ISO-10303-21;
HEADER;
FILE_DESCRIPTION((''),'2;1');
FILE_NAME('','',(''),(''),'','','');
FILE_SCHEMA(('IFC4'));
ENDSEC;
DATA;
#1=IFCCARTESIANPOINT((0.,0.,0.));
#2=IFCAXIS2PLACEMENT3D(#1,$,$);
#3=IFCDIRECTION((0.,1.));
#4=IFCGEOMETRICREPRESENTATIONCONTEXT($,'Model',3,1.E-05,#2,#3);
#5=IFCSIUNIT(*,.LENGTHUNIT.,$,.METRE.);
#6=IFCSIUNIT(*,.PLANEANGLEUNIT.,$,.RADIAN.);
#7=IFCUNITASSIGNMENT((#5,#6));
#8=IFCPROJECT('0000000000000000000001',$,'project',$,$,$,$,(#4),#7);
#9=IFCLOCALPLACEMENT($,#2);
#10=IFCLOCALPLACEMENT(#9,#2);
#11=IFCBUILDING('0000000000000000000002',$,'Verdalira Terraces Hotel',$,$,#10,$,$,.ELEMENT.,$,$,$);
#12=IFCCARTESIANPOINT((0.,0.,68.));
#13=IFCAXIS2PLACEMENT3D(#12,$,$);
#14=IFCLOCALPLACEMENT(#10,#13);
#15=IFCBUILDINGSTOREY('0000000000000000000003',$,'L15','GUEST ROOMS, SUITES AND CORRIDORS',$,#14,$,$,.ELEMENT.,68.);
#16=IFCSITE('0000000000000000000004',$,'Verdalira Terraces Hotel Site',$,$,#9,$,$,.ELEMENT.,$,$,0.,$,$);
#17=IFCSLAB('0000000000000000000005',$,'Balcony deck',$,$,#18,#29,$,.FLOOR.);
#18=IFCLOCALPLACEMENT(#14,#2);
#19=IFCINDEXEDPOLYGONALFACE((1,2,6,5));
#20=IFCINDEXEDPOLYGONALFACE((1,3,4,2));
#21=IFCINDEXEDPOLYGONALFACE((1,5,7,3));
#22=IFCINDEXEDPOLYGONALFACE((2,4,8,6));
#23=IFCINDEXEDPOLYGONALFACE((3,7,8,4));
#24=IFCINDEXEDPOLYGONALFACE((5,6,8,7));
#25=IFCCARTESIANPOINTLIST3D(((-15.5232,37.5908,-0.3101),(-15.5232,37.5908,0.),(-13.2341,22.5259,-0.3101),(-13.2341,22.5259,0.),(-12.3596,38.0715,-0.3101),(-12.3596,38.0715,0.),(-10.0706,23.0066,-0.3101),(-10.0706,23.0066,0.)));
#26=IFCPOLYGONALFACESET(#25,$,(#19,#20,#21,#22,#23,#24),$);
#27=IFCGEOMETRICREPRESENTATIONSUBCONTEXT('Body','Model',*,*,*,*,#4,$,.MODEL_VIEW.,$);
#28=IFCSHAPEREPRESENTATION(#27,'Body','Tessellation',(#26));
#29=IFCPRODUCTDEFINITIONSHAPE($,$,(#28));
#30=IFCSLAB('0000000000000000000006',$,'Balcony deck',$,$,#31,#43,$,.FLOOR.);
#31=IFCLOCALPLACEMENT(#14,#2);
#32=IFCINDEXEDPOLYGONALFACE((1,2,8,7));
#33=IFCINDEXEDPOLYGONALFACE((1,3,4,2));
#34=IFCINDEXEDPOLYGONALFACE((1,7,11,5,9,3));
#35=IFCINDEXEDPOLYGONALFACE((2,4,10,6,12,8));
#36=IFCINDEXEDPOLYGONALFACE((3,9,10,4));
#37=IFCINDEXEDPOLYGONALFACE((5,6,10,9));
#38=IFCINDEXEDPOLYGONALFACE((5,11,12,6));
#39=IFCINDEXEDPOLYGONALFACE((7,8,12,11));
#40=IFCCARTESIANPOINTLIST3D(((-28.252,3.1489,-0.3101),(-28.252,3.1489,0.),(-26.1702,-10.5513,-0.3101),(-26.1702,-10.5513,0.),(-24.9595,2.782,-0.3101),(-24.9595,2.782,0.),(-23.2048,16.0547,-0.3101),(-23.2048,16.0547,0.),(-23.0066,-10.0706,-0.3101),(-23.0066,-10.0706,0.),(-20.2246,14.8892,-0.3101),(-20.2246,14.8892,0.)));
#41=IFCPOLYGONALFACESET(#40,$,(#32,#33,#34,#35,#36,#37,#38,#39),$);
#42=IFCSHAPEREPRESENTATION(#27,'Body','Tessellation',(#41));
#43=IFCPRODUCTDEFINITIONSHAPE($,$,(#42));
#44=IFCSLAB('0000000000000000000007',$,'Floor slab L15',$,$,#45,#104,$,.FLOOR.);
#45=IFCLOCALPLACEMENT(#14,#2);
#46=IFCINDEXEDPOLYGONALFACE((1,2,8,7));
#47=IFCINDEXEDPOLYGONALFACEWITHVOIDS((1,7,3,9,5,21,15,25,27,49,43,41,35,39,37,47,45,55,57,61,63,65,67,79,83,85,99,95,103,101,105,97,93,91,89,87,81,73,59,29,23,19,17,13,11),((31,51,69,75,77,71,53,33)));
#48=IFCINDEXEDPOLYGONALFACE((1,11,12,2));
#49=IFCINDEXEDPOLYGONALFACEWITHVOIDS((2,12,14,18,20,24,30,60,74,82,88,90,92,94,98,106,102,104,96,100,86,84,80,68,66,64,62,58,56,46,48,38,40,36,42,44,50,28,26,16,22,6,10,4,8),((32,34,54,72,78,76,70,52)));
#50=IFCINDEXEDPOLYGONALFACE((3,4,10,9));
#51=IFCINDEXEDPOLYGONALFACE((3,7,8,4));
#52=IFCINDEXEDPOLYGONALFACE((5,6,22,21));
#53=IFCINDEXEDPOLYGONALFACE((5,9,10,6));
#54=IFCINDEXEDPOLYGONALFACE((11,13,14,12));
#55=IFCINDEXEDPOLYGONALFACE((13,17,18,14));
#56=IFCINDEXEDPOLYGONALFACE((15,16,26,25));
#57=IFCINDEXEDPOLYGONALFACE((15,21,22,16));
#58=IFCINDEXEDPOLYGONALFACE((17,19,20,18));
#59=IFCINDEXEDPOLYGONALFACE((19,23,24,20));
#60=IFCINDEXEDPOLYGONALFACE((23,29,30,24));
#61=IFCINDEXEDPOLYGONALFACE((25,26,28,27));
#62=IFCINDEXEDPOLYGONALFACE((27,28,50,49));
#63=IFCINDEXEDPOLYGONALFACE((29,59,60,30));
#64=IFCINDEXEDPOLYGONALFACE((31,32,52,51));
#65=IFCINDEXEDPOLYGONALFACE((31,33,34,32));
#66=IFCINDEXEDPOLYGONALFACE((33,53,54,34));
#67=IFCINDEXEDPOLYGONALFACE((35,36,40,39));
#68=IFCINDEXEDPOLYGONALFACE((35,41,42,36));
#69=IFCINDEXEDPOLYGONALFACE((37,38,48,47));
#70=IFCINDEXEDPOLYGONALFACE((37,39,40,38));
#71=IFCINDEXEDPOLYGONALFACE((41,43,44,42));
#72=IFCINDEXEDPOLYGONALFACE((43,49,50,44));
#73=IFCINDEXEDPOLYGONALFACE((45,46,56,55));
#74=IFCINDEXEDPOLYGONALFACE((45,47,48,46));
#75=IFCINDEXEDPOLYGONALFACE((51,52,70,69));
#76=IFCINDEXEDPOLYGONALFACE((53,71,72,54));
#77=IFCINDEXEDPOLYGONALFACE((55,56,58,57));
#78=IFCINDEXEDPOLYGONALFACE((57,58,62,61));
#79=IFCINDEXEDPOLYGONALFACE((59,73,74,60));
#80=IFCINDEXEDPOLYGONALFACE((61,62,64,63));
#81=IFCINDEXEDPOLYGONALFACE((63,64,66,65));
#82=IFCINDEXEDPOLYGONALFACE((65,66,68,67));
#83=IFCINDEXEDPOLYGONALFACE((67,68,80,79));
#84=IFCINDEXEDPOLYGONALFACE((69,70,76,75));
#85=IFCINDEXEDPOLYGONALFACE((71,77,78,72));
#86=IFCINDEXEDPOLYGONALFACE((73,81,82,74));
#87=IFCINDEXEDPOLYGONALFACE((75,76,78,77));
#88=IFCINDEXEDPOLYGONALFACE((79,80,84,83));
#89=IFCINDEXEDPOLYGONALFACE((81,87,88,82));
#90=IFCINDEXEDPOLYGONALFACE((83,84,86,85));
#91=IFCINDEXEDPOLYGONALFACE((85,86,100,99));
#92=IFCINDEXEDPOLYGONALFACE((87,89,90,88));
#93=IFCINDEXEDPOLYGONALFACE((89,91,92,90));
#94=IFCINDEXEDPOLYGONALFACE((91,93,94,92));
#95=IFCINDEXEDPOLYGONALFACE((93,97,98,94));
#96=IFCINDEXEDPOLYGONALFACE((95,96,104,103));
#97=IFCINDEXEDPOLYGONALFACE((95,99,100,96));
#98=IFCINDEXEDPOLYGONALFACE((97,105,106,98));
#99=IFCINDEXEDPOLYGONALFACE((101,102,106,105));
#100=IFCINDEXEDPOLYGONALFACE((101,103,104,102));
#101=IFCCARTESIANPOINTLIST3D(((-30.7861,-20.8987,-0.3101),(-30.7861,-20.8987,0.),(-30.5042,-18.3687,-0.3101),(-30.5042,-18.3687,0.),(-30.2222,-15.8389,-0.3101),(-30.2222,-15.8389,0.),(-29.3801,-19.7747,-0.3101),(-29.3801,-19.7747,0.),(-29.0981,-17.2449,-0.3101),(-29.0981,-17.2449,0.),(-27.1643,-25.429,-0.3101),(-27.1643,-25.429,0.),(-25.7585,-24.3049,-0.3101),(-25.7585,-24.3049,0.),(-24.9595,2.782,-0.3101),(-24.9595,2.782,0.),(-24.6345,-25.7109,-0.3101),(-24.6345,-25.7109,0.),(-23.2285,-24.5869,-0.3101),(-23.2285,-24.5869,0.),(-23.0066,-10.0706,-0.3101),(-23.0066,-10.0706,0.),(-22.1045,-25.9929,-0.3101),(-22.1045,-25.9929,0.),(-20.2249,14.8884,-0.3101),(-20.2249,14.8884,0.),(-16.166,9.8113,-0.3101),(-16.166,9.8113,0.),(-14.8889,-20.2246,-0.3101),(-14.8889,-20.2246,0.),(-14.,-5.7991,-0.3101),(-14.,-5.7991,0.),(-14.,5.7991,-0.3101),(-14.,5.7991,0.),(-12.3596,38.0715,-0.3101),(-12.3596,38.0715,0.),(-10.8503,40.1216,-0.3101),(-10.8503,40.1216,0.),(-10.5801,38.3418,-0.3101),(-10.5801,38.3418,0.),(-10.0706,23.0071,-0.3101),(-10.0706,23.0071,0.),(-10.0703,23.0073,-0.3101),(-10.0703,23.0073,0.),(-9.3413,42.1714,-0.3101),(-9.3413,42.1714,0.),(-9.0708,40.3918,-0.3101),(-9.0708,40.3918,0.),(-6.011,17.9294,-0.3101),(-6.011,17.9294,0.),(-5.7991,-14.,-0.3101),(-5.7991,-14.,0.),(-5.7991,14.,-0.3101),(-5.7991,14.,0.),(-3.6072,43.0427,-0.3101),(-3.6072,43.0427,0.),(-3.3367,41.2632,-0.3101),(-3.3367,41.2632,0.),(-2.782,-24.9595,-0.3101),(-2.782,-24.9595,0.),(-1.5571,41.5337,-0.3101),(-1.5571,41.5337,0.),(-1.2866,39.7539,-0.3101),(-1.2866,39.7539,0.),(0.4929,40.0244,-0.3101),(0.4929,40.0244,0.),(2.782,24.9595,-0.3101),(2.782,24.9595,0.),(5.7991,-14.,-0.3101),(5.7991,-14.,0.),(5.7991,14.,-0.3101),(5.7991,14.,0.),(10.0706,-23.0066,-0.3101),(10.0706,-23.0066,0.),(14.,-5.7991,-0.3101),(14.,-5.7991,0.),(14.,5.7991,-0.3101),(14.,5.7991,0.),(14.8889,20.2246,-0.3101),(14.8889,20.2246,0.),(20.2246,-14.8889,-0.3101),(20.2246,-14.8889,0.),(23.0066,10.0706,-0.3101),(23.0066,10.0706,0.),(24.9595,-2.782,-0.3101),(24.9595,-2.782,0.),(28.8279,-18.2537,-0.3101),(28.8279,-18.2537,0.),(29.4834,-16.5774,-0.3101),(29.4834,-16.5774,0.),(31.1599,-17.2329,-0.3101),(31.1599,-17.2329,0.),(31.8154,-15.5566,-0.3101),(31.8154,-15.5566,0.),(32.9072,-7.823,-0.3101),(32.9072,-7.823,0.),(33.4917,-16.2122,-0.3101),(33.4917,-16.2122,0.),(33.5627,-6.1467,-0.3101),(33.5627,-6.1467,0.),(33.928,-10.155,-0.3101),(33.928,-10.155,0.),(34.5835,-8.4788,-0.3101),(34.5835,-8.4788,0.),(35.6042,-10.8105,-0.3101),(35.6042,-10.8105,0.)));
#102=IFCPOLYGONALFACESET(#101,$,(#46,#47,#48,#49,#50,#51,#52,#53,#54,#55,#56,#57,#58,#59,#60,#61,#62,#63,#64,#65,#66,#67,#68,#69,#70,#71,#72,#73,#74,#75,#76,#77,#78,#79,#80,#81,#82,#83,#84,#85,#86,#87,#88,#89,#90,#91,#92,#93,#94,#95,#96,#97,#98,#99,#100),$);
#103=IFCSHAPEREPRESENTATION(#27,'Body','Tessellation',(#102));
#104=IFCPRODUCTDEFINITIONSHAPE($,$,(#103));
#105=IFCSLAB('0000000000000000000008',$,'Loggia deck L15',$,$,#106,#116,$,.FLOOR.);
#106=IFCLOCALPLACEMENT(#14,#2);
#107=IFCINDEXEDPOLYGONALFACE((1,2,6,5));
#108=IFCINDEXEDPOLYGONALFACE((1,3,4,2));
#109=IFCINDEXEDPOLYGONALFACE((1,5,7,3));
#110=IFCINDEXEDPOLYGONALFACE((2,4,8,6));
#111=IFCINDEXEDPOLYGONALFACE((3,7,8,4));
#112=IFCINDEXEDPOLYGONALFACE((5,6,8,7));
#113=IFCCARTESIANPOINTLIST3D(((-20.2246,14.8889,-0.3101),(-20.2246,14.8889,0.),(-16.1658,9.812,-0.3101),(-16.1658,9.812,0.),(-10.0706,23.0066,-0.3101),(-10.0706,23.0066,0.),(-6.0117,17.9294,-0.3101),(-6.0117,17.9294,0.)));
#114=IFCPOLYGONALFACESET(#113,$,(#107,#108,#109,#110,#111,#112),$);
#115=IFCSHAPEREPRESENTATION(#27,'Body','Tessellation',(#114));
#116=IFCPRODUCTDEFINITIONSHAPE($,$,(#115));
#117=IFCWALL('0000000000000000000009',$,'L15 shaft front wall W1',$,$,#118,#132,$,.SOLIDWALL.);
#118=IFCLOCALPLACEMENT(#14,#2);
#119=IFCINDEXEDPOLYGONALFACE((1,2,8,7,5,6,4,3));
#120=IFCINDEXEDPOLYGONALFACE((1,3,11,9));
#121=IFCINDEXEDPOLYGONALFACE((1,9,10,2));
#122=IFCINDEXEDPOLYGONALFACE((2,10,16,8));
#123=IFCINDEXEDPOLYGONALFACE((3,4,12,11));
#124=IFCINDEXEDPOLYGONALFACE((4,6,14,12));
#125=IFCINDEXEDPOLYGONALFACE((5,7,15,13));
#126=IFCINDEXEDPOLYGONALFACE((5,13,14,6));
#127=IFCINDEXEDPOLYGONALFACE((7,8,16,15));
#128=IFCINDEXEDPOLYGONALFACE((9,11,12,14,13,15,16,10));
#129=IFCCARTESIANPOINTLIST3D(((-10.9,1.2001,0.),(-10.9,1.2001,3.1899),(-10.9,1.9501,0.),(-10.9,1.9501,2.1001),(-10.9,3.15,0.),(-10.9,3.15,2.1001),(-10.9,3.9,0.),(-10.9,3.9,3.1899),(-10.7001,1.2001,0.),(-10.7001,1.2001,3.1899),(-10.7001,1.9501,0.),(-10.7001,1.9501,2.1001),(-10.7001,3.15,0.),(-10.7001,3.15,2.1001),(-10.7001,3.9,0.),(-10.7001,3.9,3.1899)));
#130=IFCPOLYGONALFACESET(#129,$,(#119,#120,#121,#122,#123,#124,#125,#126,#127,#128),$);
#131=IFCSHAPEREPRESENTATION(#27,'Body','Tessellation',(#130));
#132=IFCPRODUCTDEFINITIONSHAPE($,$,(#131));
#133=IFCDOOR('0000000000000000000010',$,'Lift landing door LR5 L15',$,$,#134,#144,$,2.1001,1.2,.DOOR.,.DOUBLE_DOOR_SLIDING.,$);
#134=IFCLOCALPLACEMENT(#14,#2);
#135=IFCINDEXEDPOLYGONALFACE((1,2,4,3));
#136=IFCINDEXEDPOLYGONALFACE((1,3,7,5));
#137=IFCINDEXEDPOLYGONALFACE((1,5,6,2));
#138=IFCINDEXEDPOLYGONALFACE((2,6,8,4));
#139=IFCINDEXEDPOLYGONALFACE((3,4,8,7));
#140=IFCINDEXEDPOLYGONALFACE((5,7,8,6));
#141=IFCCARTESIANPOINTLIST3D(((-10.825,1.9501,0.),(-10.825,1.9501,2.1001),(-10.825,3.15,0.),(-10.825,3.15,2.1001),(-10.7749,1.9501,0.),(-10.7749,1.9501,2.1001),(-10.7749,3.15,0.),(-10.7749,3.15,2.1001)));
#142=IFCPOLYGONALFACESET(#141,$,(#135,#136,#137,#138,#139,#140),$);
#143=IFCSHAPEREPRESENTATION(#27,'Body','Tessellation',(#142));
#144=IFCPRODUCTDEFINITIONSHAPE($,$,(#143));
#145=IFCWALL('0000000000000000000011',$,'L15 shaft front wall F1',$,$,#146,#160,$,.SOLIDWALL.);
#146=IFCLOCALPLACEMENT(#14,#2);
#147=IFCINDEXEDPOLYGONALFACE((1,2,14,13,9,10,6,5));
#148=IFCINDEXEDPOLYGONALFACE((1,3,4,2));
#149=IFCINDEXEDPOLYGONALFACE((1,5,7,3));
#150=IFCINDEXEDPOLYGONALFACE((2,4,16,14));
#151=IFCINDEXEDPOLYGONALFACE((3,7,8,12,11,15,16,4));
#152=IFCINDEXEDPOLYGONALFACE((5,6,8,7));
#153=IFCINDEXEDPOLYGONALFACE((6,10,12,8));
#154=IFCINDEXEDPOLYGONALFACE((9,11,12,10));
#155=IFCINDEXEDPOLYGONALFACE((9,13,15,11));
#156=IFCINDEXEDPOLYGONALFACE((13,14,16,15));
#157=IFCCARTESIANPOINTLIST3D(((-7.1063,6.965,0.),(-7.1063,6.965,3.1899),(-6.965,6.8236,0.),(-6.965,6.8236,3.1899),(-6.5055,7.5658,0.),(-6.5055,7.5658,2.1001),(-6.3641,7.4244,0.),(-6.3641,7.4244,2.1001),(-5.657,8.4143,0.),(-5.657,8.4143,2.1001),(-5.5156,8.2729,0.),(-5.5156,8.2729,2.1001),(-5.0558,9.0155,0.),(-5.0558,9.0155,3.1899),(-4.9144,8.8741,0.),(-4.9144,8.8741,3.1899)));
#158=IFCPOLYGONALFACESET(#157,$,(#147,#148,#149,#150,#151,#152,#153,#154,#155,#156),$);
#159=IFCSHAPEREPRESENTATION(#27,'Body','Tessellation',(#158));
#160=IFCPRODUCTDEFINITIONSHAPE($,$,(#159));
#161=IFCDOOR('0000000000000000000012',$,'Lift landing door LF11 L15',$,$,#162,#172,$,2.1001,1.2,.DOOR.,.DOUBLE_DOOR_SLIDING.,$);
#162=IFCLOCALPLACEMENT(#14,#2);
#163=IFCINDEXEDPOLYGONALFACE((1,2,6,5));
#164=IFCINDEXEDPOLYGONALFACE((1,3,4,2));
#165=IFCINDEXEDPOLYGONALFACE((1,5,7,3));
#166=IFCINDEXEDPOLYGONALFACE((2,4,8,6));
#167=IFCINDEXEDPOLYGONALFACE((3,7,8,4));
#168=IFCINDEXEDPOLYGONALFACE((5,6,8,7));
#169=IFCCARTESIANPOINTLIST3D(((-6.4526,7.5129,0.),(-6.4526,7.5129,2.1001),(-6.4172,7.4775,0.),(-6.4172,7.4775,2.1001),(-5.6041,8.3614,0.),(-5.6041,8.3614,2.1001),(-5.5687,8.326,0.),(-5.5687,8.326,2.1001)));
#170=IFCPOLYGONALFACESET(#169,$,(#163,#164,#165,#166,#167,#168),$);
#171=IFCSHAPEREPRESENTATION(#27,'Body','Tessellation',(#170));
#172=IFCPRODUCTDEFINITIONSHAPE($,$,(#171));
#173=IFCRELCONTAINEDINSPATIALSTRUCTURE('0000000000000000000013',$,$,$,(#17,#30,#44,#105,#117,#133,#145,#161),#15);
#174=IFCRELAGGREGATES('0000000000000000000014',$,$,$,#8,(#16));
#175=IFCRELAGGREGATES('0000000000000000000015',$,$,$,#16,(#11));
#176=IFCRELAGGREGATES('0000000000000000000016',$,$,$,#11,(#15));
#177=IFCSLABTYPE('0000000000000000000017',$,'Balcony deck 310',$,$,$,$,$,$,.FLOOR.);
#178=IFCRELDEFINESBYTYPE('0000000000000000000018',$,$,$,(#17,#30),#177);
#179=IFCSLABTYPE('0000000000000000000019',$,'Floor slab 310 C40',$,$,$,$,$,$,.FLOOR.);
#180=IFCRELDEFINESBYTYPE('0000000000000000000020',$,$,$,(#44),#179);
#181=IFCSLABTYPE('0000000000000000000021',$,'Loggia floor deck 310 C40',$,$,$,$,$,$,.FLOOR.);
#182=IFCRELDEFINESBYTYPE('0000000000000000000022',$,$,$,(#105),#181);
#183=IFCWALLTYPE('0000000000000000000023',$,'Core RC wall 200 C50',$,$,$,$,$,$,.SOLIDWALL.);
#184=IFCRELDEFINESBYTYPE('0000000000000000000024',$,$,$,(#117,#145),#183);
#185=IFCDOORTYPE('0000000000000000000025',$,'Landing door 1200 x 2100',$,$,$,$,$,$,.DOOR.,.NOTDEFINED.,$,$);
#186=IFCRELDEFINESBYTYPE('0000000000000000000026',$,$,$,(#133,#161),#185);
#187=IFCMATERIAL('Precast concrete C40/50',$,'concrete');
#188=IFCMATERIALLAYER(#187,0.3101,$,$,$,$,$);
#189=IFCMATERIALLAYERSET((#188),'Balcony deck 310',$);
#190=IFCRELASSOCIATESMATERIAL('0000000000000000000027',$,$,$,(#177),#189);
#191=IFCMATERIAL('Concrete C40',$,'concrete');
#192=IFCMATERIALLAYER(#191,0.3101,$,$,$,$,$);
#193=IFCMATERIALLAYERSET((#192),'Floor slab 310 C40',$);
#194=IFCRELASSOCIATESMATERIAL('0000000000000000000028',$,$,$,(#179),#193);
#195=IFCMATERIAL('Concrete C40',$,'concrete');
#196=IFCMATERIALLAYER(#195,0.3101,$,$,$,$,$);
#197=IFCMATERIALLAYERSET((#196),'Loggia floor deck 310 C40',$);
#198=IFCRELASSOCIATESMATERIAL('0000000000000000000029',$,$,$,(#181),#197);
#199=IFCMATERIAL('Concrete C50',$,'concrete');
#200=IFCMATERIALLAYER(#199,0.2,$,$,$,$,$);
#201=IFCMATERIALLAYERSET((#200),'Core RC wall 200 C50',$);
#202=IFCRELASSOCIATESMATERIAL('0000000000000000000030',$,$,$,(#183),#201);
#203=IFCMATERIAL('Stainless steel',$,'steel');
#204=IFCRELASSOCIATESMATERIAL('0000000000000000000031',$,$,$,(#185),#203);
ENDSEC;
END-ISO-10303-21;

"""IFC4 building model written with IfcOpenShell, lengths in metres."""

from ifc_helpers import new_model, si_unit, direction, frame, frame_2d, origin, place, context, subcontext, project, spatial, polyline, rectangle, outline, extrude, material, layer, layer_set, type_object, element, fill, save


model = new_model("IFC4")

# Units and contexts
model_context = context("Model", 3, precision=1e-05, world=origin(), true_north=direction((0.0, 1.0)))
body_context = subcontext(model_context, "Body", "Model", "MODEL_VIEW")
ifc_project = project(units=[si_unit("LENGTHUNIT", "METRE"), si_unit("PLANEANGLEUNIT", "RADIAN")], contexts=[model_context])

# Site, building, storey
site_placement = place(None, origin())
site = spatial("IfcSite", under=ifc_project, at=site_placement, Name="Verdalira Terraces Hotel Site", CompositionType="ELEMENT", RefElevation=0.0)
building_placement = place(site_placement, origin())
building = spatial("IfcBuilding", under=site, at=building_placement, Name="Verdalira Terraces Hotel", CompositionType="ELEMENT")
storey_placement = place(building_placement, frame((0.0, 0.0, 68.0)))
storey = spatial("IfcBuildingStorey", under=building, at=storey_placement, Name="L15", Description="GUEST ROOMS, SUITES AND CORRIDORS", CompositionType="ELEMENT", Elevation=68.0)

# Slabs
ifc_material_1 = material(Name="Precast concrete C40/50", Category="concrete")
ifc_layer_1 = layer(ifc_material_1, 0.3101)
ifc_layer_set_1 = layer_set([ifc_layer_1], Name="Balcony deck 310")
slab_type_1 = type_object("IfcSlabType", Name="Balcony deck 310", PredefinedType="FLOOR", material=ifc_layer_set_1)
slab_1_placement = place(storey_placement, frame((0.0, 0.0, -0.3101)))
element("IfcSlab", 1, at=slab_1_placement, inside=storey, type_object=slab_type_1, Name="Balcony deck", PredefinedType="FLOOR", context=body_context, shape_type="SweptSolid", body=[
    extrude(outline(polyline([(-13.2341, 22.5259), (-10.0706, 23.0066), (-12.3596, 38.0715), (-15.5232, 37.5908), (-13.2341, 22.5259)])), origin(), (0.0, 0.0, 1.0), 0.3101),
])
slab_2_placement = place(storey_placement, frame((0.0, 0.0, -0.3101)))
element("IfcSlab", 2, at=slab_2_placement, inside=storey, type_object=slab_type_1, Name="Balcony deck", PredefinedType="FLOOR", context=body_context, shape_type="SweptSolid", body=[
    extrude(outline(polyline([(-28.252, 3.1489), (-26.1702, -10.5513), (-23.0066, -10.0706), (-24.9595, 2.782), (-20.2246, 14.8892), (-23.2048, 16.0547), (-28.252, 3.1489)])), origin(), (0.0, 0.0, 1.0), 0.3101),
])
ifc_material_2 = material(Name="Concrete C40", Category="concrete")
ifc_layer_2 = layer(ifc_material_2, 0.3101)
ifc_layer_set_2 = layer_set([ifc_layer_2], Name="Floor slab 310 C40")
slab_type_2 = type_object("IfcSlabType", Name="Floor slab 310 C40", PredefinedType="FLOOR", material=ifc_layer_set_2)
slab_3_placement = place(storey_placement, frame((0.0, 0.0, -0.3101)))
element("IfcSlab", 3, at=slab_3_placement, inside=storey, type_object=slab_type_2, Name="Floor slab L15", PredefinedType="FLOOR", context=body_context, shape_type="SweptSolid", body=[
    extrude(outline(polyline([(-10.5801, 38.3418), (-12.3596, 38.0715), (-10.0706, 23.0071), (-10.0703, 23.0073), (-6.011, 17.9294), (-16.166, 9.8113), (-20.2249, 14.8884), (-24.9595, 2.782), (-23.0066, -10.0706), (-30.2222, -15.8389), (-29.0981, -17.2449), (-30.5041, -18.3687), (-29.3801, -19.7747), (-30.7861, -20.8987), (-27.1643, -25.429), (-25.7585, -24.3049), (-24.6345, -25.7109), (-23.2285, -24.5869), (-22.1045, -25.9929), (-14.8889, -20.2246), (-2.782, -24.9595), (10.0706, -23.0066), (20.2246, -14.8889), (28.8279, -18.2537), (29.4834, -16.5774), (31.1599, -17.2329), (31.8154, -15.5566), (33.4917, -16.2122), (35.6042, -10.8105), (33.928, -10.155), (34.5835, -8.4788), (32.9072, -7.823), (33.5627, -6.1467), (24.9595, -2.782), (23.0066, 10.0706), (14.8889, 20.2246), (2.782, 24.9595), (0.4929, 40.0244), (-1.2866, 39.7539), (-1.5571, 41.5337), (-3.3367, 41.2632), (-3.6072, 43.0427), (-9.3413, 42.1714), (-9.0708, 40.3918), (-10.8503, 40.1216), (-10.5801, 38.3418)]), holes=[polyline([(5.7991, 14.0), (14.0, 5.7991), (14.0, -5.7991), (5.7991, -14.0), (-5.7991, -14.0), (-14.0, -5.7991), (-14.0, 5.7991), (-5.7991, 14.0), (5.7991, 14.0)])]), origin(), (0.0, 0.0, 1.0), 0.3101),
])
ifc_material_3 = material(Name="Concrete C40", Category="concrete")
ifc_layer_3 = layer(ifc_material_3, 0.3101)
ifc_layer_set_3 = layer_set([ifc_layer_3], Name="Loggia floor deck 310 C40")
slab_type_3 = type_object("IfcSlabType", Name="Loggia floor deck 310 C40", PredefinedType="FLOOR", material=ifc_layer_set_3)
slab_4_placement = place(storey_placement, frame((0.0, 0.0, -0.3101)))
element("IfcSlab", 4, at=slab_4_placement, inside=storey, type_object=slab_type_3, Name="Loggia deck L15", PredefinedType="FLOOR", context=body_context, shape_type="SweptSolid", body=[
    extrude(outline(polyline([(-6.0117, 17.9294), (-10.0706, 23.0066), (-20.2246, 14.8889), (-16.1658, 9.812), (-6.0117, 17.9294)])), origin(), (0.0, 0.0, 1.0), 0.3101),
])

# Walls, openings, doors
ifc_material_4 = material(Name="Concrete C50", Category="concrete")
ifc_layer_4 = layer(ifc_material_4, 0.2)
ifc_layer_set_4 = layer_set([ifc_layer_4], Name="Core RC wall 200 C50")
wall_type_1 = type_object("IfcWallType", Name="Core RC wall 200 C50", PredefinedType="SOLIDWALL", material=ifc_layer_set_4)
wall_1_placement = place(storey_placement, frame((-10.8, 1.2, 0.0), z_axis=(0.0, 0.0, 1.0), x_axis=(0.0, 1.0, 0.0)))
wall_1 = element("IfcWall", 5, at=wall_1_placement, inside=storey, type_object=wall_type_1, Name="L15 shaft front wall W1", PredefinedType="SOLIDWALL", context=body_context, shape_type="SweptSolid", body=[
    extrude(rectangle(XDim=2.7, YDim=0.2, at=frame_2d((1.3501, 0.0))), origin(), (0.0, 0.0, 1.0), 3.1899),
])
opening_1_placement = place(wall_1_placement, frame((0.75, 0.0, 0.0)))
opening_1 = element("IfcOpeningElement", 6, at=opening_1_placement, cuts=wall_1, PredefinedType="OPENING", context=body_context, shape_type="SweptSolid", body=[
    extrude(rectangle(XDim=1.2, YDim=2.1001, at=frame_2d((0.6001, 1.05))), frame((0.0, 0.1099, 0.0), z_axis=(0.0, -1.0, 0.0), x_axis=(1.0, 0.0, 0.0)), (0.0, 0.0, 1.0), 0.22),
])
ifc_material_5 = material(Name="Stainless steel", Category="steel")
door_type_1 = type_object("IfcDoorType", Name="Landing door 1200 x 2100", OperationType="NOTDEFINED", PredefinedType="DOOR", material=ifc_material_5)
door_1_placement = place(opening_1_placement, origin())
door_1 = element("IfcDoor", 7, at=door_1_placement, inside=storey, type_object=door_type_1, Name="Lift landing door LR5 L15", OperationType="DOUBLE_DOOR_SLIDING", OverallHeight=2.1001, OverallWidth=1.2, PredefinedType="DOOR", context=body_context, shape_type="SweptSolid", body=[
    extrude(rectangle(XDim=1.2, YDim=2.1001, at=frame_2d((0.6001, 1.05))), frame((0.0, 0.0249, 0.0), z_axis=(0.0, -1.0, 0.0), x_axis=(1.0, 0.0, 0.0)), (0.0, 0.0, 1.0), 0.05),
])
fill(opening_1, door_1)
wall_2_placement = place(storey_placement, frame((-4.9851, 8.9448, 0.0), z_axis=(0.0, 0.0, 1.0), x_axis=(-0.707107, -0.707107, 0.0)))
wall_2 = element("IfcWall", 8, at=wall_2_placement, inside=storey, type_object=wall_type_1, Name="L15 shaft front wall F1", PredefinedType="SOLIDWALL", context=body_context, shape_type="SweptSolid", body=[
    extrude(rectangle(XDim=2.8999, YDim=0.2, at=frame_2d((1.45, 0.0))), origin(), (0.0, 0.0, 1.0), 3.1899),
])
opening_2_placement = place(wall_2_placement, frame((0.8501, 0.0, 0.0)))
opening_2 = element("IfcOpeningElement", 9, at=opening_2_placement, cuts=wall_2, PredefinedType="OPENING", context=body_context, shape_type="SweptSolid", body=[
    extrude(rectangle(XDim=1.2, YDim=2.1001, at=frame_2d((0.6001, 1.05))), frame((0.0, 0.1099, 0.0), z_axis=(0.0, -1.0, 0.0), x_axis=(1.0, 0.0, 0.0)), (0.0, 0.0, 1.0), 0.22),
])
door_2_placement = place(opening_2_placement, origin())
door_2 = element("IfcDoor", 10, at=door_2_placement, inside=storey, type_object=door_type_1, Name="Lift landing door LF11 L15", OperationType="DOUBLE_DOOR_SLIDING", OverallHeight=2.1001, OverallWidth=1.2, PredefinedType="DOOR", context=body_context, shape_type="SweptSolid", body=[
    extrude(rectangle(XDim=1.2, YDim=2.1001, at=frame_2d((0.6001, 1.05))), frame((0.0, 0.0249, 0.0), z_axis=(0.0, -1.0, 0.0), x_axis=(1.0, 0.0, 0.0)), (0.0, 0.0, 1.0), 0.05),
])
fill(opening_2, door_2)

save(model, "model.ifc")
